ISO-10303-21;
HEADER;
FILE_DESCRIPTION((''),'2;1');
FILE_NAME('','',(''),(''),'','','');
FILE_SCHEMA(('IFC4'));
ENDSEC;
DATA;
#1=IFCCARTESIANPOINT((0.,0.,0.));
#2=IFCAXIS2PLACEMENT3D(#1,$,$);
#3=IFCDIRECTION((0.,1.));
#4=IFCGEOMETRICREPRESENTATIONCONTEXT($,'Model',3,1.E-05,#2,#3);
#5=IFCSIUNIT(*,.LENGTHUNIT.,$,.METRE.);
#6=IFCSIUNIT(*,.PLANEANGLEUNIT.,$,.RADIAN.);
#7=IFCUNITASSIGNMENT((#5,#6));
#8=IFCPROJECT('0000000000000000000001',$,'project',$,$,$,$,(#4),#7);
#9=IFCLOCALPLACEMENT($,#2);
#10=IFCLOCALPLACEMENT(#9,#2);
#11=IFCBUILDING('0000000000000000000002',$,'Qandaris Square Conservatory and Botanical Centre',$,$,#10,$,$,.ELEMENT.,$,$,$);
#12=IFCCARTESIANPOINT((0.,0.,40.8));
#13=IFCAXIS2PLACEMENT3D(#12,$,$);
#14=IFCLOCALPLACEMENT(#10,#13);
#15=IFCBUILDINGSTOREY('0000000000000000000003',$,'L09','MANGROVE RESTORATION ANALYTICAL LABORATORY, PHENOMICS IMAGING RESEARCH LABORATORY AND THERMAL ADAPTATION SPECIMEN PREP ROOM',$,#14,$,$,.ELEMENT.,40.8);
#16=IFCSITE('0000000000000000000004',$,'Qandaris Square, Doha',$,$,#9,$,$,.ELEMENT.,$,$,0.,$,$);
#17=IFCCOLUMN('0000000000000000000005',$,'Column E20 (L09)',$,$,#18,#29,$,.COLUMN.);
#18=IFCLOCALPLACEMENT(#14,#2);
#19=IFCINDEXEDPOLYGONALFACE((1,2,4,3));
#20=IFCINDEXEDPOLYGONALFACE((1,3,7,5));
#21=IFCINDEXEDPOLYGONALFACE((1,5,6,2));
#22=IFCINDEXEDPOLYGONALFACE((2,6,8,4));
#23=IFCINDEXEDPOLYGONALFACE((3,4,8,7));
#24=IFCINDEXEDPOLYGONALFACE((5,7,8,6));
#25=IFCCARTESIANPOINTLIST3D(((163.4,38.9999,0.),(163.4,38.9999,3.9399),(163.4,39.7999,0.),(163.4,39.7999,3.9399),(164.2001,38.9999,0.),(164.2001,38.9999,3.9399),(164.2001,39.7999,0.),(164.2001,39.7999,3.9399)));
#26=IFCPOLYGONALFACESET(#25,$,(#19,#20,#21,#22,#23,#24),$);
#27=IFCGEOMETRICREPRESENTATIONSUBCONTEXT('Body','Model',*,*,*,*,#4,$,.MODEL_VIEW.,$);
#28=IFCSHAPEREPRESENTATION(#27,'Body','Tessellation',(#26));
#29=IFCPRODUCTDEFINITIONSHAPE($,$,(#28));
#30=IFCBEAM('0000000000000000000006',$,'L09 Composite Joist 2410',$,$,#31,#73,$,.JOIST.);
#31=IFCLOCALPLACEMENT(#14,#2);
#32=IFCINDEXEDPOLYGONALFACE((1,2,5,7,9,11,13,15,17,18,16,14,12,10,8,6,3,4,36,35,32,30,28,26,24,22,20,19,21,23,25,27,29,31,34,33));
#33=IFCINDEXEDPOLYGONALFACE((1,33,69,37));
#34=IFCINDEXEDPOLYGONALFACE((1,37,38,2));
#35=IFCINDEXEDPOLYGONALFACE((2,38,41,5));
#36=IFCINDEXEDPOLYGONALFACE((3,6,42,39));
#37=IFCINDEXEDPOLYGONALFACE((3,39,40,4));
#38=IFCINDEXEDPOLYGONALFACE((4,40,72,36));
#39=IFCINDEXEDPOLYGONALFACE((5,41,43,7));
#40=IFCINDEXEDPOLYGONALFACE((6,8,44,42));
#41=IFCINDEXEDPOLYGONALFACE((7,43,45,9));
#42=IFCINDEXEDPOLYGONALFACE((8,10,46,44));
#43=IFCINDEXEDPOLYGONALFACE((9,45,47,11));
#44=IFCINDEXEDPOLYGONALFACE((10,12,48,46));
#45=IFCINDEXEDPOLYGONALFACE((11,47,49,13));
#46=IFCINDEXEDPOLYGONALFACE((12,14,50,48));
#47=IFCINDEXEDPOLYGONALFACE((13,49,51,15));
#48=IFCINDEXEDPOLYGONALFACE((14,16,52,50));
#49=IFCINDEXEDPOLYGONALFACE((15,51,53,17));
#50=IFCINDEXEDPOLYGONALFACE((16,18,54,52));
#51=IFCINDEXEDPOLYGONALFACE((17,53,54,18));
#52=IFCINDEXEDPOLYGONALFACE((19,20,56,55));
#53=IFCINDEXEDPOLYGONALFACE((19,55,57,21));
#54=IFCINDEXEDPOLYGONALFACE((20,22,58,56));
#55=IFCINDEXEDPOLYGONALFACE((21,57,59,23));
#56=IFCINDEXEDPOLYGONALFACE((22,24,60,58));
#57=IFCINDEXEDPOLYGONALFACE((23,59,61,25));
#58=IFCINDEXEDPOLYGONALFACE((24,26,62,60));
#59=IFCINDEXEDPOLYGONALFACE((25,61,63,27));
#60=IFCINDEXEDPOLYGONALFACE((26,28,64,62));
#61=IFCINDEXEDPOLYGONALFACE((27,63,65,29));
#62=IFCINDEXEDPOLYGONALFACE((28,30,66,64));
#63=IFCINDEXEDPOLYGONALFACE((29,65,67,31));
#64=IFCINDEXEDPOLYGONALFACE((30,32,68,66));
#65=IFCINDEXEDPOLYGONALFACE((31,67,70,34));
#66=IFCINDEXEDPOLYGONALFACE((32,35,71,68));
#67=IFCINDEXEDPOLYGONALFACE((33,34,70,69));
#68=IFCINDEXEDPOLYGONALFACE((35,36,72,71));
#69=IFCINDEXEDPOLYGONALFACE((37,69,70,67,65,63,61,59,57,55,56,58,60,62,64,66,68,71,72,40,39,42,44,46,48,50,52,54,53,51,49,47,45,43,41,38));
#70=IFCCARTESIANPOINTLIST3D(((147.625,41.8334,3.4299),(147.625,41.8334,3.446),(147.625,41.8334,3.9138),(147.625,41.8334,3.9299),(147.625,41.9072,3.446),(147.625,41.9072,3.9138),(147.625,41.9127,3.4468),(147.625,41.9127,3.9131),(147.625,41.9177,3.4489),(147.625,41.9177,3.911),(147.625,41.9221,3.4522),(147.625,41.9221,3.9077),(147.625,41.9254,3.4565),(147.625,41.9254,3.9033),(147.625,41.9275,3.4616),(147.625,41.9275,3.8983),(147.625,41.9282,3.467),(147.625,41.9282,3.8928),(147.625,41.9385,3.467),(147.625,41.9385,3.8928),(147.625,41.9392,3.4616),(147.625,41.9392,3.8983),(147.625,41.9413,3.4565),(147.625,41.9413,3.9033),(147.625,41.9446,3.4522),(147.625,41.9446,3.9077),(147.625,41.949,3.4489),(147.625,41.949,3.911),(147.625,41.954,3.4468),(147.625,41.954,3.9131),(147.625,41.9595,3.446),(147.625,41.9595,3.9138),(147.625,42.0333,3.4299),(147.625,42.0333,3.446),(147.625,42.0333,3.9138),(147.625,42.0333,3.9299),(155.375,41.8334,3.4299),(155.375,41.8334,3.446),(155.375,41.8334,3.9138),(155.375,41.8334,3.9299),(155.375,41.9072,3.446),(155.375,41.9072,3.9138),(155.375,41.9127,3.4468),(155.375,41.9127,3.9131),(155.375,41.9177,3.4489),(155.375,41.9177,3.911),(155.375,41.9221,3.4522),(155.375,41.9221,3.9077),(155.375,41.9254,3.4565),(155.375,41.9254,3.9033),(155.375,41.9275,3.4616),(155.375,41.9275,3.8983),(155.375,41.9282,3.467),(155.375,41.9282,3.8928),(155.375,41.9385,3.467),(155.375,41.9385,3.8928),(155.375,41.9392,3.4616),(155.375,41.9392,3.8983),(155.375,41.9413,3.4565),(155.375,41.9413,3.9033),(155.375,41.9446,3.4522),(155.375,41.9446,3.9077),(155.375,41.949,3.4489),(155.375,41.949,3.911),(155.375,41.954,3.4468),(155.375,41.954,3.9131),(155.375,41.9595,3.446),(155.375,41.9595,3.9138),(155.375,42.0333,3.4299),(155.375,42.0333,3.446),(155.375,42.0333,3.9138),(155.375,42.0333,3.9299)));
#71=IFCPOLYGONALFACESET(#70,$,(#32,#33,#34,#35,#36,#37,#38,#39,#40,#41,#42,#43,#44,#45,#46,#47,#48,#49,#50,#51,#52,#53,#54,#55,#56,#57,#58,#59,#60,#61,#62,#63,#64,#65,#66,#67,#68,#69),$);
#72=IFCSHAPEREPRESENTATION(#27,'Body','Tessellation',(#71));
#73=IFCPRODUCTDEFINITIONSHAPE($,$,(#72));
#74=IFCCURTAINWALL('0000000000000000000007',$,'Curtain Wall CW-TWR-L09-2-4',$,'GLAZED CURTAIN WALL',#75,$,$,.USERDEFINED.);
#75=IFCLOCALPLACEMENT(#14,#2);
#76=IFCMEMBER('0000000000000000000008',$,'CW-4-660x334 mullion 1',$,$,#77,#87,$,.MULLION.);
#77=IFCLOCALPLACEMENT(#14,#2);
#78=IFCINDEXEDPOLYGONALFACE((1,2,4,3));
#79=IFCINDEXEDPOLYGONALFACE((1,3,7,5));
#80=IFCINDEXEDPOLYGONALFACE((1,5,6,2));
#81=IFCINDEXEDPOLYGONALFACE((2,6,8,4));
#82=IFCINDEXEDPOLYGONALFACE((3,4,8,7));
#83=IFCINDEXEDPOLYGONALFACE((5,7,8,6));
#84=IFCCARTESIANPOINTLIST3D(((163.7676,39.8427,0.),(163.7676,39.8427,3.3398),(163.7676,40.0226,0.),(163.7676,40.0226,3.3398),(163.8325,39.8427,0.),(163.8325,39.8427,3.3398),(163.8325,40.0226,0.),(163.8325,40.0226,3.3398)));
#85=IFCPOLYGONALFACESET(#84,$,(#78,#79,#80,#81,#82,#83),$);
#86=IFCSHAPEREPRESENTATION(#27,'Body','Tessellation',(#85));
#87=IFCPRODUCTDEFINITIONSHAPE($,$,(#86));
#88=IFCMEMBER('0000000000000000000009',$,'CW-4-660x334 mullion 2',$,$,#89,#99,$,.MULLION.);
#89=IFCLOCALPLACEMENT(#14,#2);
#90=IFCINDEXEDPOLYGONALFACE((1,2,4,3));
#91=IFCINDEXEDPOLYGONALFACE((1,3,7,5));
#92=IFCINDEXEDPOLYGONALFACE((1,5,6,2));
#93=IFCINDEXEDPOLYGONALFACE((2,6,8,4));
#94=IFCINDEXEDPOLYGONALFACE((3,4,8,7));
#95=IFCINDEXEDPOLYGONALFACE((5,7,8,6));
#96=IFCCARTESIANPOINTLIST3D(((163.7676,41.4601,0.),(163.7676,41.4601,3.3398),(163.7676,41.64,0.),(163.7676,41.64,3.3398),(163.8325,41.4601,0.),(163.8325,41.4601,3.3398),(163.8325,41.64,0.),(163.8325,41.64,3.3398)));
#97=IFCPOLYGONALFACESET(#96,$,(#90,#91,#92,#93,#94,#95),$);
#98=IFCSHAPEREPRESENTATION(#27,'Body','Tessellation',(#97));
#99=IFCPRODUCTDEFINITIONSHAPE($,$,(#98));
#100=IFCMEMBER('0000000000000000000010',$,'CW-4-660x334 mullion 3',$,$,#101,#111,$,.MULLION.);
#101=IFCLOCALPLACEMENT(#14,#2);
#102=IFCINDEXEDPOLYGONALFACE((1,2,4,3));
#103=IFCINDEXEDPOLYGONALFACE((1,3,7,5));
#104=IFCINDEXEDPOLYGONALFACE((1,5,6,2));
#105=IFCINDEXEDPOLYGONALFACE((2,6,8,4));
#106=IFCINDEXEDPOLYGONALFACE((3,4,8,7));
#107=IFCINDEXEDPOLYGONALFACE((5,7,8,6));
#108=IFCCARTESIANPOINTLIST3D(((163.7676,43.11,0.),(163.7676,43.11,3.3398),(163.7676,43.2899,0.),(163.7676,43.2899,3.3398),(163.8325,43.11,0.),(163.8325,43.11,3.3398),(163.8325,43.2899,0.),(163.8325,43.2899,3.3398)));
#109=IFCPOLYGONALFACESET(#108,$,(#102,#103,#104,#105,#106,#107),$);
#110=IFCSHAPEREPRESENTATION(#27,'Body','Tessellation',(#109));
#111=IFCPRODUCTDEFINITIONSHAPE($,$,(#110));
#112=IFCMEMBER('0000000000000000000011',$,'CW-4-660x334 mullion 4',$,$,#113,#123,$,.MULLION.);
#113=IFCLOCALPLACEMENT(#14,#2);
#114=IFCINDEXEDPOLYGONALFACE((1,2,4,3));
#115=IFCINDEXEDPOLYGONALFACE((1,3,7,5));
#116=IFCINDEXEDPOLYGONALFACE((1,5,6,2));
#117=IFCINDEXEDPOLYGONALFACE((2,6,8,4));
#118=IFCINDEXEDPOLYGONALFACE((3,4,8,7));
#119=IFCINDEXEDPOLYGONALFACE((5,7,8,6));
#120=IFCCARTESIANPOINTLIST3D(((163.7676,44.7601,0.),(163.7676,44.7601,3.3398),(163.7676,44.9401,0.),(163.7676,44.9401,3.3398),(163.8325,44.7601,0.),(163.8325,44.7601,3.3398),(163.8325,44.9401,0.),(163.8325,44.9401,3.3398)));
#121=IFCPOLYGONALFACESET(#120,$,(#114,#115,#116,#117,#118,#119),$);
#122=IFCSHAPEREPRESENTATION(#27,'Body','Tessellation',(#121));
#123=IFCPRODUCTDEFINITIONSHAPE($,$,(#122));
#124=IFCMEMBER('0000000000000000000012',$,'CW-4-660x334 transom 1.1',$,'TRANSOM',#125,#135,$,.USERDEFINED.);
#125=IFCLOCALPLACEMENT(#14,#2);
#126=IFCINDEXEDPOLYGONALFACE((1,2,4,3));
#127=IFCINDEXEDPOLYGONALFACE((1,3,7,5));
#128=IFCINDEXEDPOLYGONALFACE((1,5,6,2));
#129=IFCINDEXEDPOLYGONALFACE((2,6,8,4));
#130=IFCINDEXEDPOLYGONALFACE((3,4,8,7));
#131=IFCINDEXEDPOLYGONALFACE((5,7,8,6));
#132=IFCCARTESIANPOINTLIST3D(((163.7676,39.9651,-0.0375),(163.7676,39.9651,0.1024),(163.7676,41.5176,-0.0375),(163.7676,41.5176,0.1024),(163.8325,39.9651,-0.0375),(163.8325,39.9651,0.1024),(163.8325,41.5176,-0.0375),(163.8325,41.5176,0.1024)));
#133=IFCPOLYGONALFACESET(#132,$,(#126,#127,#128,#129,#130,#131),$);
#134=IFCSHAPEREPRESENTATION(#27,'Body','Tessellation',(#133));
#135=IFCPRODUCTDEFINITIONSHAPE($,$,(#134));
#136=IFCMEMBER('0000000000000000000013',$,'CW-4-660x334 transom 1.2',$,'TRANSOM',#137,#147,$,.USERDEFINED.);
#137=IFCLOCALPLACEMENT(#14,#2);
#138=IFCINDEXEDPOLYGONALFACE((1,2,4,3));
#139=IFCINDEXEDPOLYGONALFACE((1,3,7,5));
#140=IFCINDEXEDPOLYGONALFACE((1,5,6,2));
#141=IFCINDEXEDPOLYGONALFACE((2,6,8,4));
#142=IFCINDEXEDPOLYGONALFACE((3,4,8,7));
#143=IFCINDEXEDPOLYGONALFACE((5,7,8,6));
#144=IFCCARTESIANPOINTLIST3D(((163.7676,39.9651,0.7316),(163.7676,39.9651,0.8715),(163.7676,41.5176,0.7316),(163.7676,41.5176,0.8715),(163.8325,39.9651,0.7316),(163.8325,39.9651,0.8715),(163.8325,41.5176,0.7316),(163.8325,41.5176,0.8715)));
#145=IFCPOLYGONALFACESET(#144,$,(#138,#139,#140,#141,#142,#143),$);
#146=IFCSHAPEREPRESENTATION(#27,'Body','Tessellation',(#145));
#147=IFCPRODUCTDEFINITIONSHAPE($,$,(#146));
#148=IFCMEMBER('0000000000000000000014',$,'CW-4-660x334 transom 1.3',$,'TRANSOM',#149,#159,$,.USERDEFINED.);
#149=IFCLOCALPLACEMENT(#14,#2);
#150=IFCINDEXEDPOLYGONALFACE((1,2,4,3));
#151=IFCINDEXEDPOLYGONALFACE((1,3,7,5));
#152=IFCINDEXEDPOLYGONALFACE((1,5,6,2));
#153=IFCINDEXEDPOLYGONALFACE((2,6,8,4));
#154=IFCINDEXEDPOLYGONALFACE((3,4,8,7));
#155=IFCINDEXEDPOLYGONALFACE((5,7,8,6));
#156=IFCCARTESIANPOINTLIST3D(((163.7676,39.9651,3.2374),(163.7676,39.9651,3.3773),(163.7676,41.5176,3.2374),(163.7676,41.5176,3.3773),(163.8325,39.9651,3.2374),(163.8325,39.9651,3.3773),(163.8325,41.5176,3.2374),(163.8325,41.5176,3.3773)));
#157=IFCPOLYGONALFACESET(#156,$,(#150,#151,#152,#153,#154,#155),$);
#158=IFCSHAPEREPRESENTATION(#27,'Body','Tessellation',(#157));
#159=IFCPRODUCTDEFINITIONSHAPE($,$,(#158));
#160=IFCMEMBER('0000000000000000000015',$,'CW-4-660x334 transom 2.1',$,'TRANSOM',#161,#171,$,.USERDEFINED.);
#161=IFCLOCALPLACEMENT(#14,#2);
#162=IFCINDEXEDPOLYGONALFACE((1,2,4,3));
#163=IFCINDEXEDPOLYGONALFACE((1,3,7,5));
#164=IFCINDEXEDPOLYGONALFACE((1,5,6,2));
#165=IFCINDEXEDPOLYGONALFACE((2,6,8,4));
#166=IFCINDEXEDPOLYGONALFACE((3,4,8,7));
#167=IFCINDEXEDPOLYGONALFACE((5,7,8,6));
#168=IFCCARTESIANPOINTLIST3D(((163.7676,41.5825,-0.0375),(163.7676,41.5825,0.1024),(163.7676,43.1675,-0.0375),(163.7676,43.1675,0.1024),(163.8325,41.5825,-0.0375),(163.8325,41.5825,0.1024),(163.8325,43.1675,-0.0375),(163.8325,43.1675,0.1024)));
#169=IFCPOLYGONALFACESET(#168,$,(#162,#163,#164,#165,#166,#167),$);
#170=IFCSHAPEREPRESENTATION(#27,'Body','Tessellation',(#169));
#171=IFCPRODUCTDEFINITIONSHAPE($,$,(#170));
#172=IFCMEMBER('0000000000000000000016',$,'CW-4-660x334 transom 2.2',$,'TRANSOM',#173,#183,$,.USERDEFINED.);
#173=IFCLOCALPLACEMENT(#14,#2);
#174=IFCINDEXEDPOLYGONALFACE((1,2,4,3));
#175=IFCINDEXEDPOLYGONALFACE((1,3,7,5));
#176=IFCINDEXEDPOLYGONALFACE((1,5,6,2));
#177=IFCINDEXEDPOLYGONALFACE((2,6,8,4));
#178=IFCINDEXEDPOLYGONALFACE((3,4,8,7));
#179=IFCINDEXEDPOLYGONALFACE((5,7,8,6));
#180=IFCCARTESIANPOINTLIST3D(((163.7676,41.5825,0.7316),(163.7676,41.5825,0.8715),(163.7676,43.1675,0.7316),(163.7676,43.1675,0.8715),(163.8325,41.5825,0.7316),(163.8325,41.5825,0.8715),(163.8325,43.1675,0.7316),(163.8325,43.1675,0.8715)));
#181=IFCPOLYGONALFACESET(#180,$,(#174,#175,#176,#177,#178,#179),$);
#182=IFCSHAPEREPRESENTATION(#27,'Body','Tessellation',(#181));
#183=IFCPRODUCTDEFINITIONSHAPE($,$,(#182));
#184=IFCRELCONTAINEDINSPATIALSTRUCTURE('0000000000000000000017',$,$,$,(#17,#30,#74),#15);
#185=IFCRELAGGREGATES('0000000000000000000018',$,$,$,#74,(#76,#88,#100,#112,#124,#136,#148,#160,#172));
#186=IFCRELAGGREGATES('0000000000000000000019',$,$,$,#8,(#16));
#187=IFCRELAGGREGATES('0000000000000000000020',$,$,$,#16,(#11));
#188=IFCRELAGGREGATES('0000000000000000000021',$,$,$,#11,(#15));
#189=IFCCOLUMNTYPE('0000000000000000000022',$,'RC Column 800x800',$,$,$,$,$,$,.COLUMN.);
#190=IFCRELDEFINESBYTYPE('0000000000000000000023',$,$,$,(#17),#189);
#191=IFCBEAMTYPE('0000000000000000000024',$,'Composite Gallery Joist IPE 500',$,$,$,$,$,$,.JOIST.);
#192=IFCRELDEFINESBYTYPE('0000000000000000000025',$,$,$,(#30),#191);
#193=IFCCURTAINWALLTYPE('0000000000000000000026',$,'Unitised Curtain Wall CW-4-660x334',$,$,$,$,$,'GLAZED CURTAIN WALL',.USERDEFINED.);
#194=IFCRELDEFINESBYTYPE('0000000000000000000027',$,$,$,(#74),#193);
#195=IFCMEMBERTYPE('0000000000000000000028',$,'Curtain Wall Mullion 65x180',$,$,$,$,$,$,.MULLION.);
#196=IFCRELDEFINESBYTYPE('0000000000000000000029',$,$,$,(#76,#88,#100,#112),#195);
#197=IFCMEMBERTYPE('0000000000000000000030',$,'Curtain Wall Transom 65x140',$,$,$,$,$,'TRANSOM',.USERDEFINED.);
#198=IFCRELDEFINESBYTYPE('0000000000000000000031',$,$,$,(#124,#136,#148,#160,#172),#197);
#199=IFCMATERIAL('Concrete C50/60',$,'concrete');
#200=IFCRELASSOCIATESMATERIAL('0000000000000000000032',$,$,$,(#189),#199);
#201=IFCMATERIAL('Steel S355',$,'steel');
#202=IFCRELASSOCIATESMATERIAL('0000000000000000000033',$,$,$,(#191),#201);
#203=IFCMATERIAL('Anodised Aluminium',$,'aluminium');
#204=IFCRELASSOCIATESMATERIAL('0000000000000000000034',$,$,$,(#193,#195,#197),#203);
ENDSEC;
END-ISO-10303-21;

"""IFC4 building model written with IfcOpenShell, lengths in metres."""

from ifc_helpers import new_model, si_unit, direction, frame, origin, origin_2d, place, context, subcontext, project, spatial, rectangle, i_section, extrude, material, material_profile, profile_set, type_object, element, aggregate, save


model = new_model("IFC4")

# Units and contexts
model_context = context("Model", 3, precision=1e-05, world=origin(), true_north=direction((0.0, 1.0)))
body_context = subcontext(model_context, "Body", "Model", "MODEL_VIEW")
ifc_project = project(units=[si_unit("LENGTHUNIT", "METRE"), si_unit("PLANEANGLEUNIT", "RADIAN")], contexts=[model_context])

# Site, building, storey
site_placement = place(None, origin())
site = spatial("IfcSite", under=ifc_project, at=site_placement, Name="Qandaris Square, Doha", CompositionType="ELEMENT", RefElevation=0.0)
building_placement = place(site_placement, origin())
building = spatial("IfcBuilding", under=site, at=building_placement, Name="Qandaris Square Conservatory and Botanical Centre", CompositionType="ELEMENT")
storey_placement = place(building_placement, frame((0.0, 0.0, 40.8)))
storey = spatial("IfcBuildingStorey", under=building, at=storey_placement, Name="L09", Description="MANGROVE RESTORATION ANALYTICAL LABORATORY, PHENOMICS IMAGING RESEARCH LABORATORY AND THERMAL ADAPTATION SPECIMEN PREP ROOM", CompositionType="ELEMENT", Elevation=40.8)

# Column
ifc_material_1 = material(Name="Concrete C50/60", Category="concrete")
ifc_material_profile_1 = material_profile(ifc_material_1, rectangle(XDim=0.8, YDim=0.8, at=origin_2d()), Name="RC-COL 800x800")
ifc_profile_set_1 = profile_set([ifc_material_profile_1], Name="Concrete C50/60")
column_type = type_object("IfcColumnType", Name="RC Column 800x800", PredefinedType="COLUMN", material=ifc_profile_set_1)
column_placement = place(storey_placement, frame((163.8, 39.3999, 0.0), z_axis=(0.0, 0.0, 1.0), x_axis=(1.0, 0.0, 0.0)))
element("IfcColumn", 1, at=column_placement, inside=storey, type_object=column_type, Name="Column E20 (L09)", PredefinedType="COLUMN", context=body_context, shape_type="SweptSolid", body=[
    extrude(rectangle(XDim=0.8, YDim=0.8, at=origin_2d()), origin(), (0.0, 0.0, 1.0), 3.9399),
])

# Beam
ifc_material_2 = material(Name="Steel S355", Category="steel")
ifc_material_profile_2 = material_profile(ifc_material_2, i_section(OverallWidth=0.2, OverallDepth=0.5, WebThickness=0.0103, FlangeThickness=0.0161, FilletRadius=0.021, at=origin_2d()), Name="IPE 500")
ifc_profile_set_2 = profile_set([ifc_material_profile_2], Name="Steel S355")
beam_type_1 = type_object("IfcBeamType", Name="Composite Gallery Joist IPE 500", PredefinedType="JOIST", material=ifc_profile_set_2)
beam_1_placement = place(storey_placement, frame((147.625, 41.9333, 3.6799), z_axis=(1.0, 0.0, 0.0), x_axis=(0.0, 1.0, 0.0)))
element("IfcBeam", 2, at=beam_1_placement, inside=storey, type_object=beam_type_1, Name="L09 Composite Joist 2410", PredefinedType="JOIST", context=body_context, shape_type="SweptSolid", body=[
    extrude(i_section(OverallWidth=0.2, OverallDepth=0.5, WebThickness=0.0103, FlangeThickness=0.0161, FilletRadius=0.021, at=origin_2d()), origin(), (0.0, 0.0, 1.0), 7.75),
])

# Curtain wall, members
ifc_material_3 = material(Name="Anodised Aluminium", Category="aluminium")
curtain_wall_type = type_object("IfcCurtainWallType", Name="Unitised Curtain Wall CW-4-660x334", ElementType="GLAZED CURTAIN WALL", PredefinedType="USERDEFINED", material=ifc_material_3)
curtain_wall_placement = place(storey_placement, origin())
curtain_wall = element("IfcCurtainWall", 3, at=curtain_wall_placement, inside=storey, type_object=curtain_wall_type, Name="Curtain Wall CW-TWR-L09-2-4", ObjectType="GLAZED CURTAIN WALL", PredefinedType="USERDEFINED")
ifc_material_profile_3 = material_profile(ifc_material_3, rectangle(XDim=0.0649, YDim=0.1799, at=origin_2d()), Name="ALU-MUL 65x180")
ifc_profile_set_3 = profile_set([ifc_material_profile_3], Name="Anodised Aluminium")
member_type_1 = type_object("IfcMemberType", Name="Curtain Wall Mullion 65x180", PredefinedType="MULLION", material=ifc_profile_set_3)
member_1_placement = place(storey_placement, frame((163.8, 39.9326, 0.0), z_axis=(0.0, 0.0, 1.0), x_axis=(-1.0, 0.0, 0.0)))
member_1 = element("IfcMember", 4, at=member_1_placement, type_object=member_type_1, Name="CW-4-660x334 mullion 1", PredefinedType="MULLION", context=body_context, shape_type="SweptSolid", body=[
    extrude(rectangle(XDim=0.0649, YDim=0.1799, at=origin_2d()), origin(), (0.0, 0.0, 1.0), 3.3398),
])
member_2_placement = place(storey_placement, frame((163.8, 41.55, 0.0), z_axis=(0.0, 0.0, 1.0), x_axis=(-1.0, 0.0, 0.0)))
member_2 = element("IfcMember", 5, at=member_2_placement, type_object=member_type_1, Name="CW-4-660x334 mullion 2", PredefinedType="MULLION", context=body_context, shape_type="SweptSolid", body=[
    extrude(rectangle(XDim=0.0649, YDim=0.1799, at=origin_2d()), origin(), (0.0, 0.0, 1.0), 3.3398),
])
member_3_placement = place(storey_placement, frame((163.8, 43.2, 0.0), z_axis=(0.0, 0.0, 1.0), x_axis=(-1.0, 0.0, 0.0)))
member_3 = element("IfcMember", 6, at=member_3_placement, type_object=member_type_1, Name="CW-4-660x334 mullion 3", PredefinedType="MULLION", context=body_context, shape_type="SweptSolid", body=[
    extrude(rectangle(XDim=0.0649, YDim=0.1799, at=origin_2d()), origin(), (0.0, 0.0, 1.0), 3.3398),
])
member_4_placement = place(storey_placement, frame((163.8, 44.8501, 0.0), z_axis=(0.0, 0.0, 1.0), x_axis=(-1.0, 0.0, 0.0)))
member_4 = element("IfcMember", 7, at=member_4_placement, type_object=member_type_1, Name="CW-4-660x334 mullion 4", PredefinedType="MULLION", context=body_context, shape_type="SweptSolid", body=[
    extrude(rectangle(XDim=0.0649, YDim=0.1799, at=origin_2d()), origin(), (0.0, 0.0, 1.0), 3.3398),
])
ifc_material_profile_4 = material_profile(ifc_material_3, rectangle(XDim=0.0649, YDim=0.1399, at=origin_2d()), Name="ALU-TRN 65x140")
ifc_profile_set_4 = profile_set([ifc_material_profile_4], Name="Anodised Aluminium")
member_type_2 = type_object("IfcMemberType", Name="Curtain Wall Transom 65x140", ElementType="TRANSOM", PredefinedType="USERDEFINED", material=ifc_profile_set_4)
member_5_placement = place(storey_placement, frame((163.8, 39.9651, 0.0325), z_axis=(0.0, 1.0, 0.0), x_axis=(-1.0, 0.0, 0.0)))
member_5 = element("IfcMember", 8, at=member_5_placement, type_object=member_type_2, Name="CW-4-660x334 transom 1.1", ObjectType="TRANSOM", PredefinedType="USERDEFINED", context=body_context, shape_type="SweptSolid", body=[
    extrude(rectangle(XDim=0.0649, YDim=0.1399, at=origin_2d()), origin(), (0.0, 0.0, 1.0), 1.5525),
])
member_6_placement = place(storey_placement, frame((163.8, 39.9651, 0.8015), z_axis=(0.0, 1.0, 0.0), x_axis=(-1.0, 0.0, 0.0)))
member_6 = element("IfcMember", 9, at=member_6_placement, type_object=member_type_2, Name="CW-4-660x334 transom 1.2", ObjectType="TRANSOM", PredefinedType="USERDEFINED", context=body_context, shape_type="SweptSolid", body=[
    extrude(rectangle(XDim=0.0649, YDim=0.1399, at=origin_2d()), origin(), (0.0, 0.0, 1.0), 1.5525),
])
member_7_placement = place(storey_placement, frame((163.8, 39.9651, 3.3074), z_axis=(0.0, 1.0, 0.0), x_axis=(-1.0, 0.0, 0.0)))
member_7 = element("IfcMember", 10, at=member_7_placement, type_object=member_type_2, Name="CW-4-660x334 transom 1.3", ObjectType="TRANSOM", PredefinedType="USERDEFINED", context=body_context, shape_type="SweptSolid", body=[
    extrude(rectangle(XDim=0.0649, YDim=0.1399, at=origin_2d()), origin(), (0.0, 0.0, 1.0), 1.5525),
])
member_8_placement = place(storey_placement, frame((163.8, 41.5825, 0.0325), z_axis=(0.0, 1.0, 0.0), x_axis=(-1.0, 0.0, 0.0)))
member_8 = element("IfcMember", 11, at=member_8_placement, type_object=member_type_2, Name="CW-4-660x334 transom 2.1", ObjectType="TRANSOM", PredefinedType="USERDEFINED", context=body_context, shape_type="SweptSolid", body=[
    extrude(rectangle(XDim=0.0649, YDim=0.1399, at=origin_2d()), origin(), (0.0, 0.0, 1.0), 1.585),
])
member_9_placement = place(storey_placement, frame((163.8, 41.5825, 0.8015), z_axis=(0.0, 1.0, 0.0), x_axis=(-1.0, 0.0, 0.0)))
member_9 = element("IfcMember", 12, at=member_9_placement, type_object=member_type_2, Name="CW-4-660x334 transom 2.2", ObjectType="TRANSOM", PredefinedType="USERDEFINED", context=body_context, shape_type="SweptSolid", body=[
    extrude(rectangle(XDim=0.0649, YDim=0.1399, at=origin_2d()), origin(), (0.0, 0.0, 1.0), 1.585),
])

aggregate(curtain_wall, [member_1, member_2, member_3, member_4, member_5, member_6, member_7, member_8, member_9])

save(model, "model.ifc")
